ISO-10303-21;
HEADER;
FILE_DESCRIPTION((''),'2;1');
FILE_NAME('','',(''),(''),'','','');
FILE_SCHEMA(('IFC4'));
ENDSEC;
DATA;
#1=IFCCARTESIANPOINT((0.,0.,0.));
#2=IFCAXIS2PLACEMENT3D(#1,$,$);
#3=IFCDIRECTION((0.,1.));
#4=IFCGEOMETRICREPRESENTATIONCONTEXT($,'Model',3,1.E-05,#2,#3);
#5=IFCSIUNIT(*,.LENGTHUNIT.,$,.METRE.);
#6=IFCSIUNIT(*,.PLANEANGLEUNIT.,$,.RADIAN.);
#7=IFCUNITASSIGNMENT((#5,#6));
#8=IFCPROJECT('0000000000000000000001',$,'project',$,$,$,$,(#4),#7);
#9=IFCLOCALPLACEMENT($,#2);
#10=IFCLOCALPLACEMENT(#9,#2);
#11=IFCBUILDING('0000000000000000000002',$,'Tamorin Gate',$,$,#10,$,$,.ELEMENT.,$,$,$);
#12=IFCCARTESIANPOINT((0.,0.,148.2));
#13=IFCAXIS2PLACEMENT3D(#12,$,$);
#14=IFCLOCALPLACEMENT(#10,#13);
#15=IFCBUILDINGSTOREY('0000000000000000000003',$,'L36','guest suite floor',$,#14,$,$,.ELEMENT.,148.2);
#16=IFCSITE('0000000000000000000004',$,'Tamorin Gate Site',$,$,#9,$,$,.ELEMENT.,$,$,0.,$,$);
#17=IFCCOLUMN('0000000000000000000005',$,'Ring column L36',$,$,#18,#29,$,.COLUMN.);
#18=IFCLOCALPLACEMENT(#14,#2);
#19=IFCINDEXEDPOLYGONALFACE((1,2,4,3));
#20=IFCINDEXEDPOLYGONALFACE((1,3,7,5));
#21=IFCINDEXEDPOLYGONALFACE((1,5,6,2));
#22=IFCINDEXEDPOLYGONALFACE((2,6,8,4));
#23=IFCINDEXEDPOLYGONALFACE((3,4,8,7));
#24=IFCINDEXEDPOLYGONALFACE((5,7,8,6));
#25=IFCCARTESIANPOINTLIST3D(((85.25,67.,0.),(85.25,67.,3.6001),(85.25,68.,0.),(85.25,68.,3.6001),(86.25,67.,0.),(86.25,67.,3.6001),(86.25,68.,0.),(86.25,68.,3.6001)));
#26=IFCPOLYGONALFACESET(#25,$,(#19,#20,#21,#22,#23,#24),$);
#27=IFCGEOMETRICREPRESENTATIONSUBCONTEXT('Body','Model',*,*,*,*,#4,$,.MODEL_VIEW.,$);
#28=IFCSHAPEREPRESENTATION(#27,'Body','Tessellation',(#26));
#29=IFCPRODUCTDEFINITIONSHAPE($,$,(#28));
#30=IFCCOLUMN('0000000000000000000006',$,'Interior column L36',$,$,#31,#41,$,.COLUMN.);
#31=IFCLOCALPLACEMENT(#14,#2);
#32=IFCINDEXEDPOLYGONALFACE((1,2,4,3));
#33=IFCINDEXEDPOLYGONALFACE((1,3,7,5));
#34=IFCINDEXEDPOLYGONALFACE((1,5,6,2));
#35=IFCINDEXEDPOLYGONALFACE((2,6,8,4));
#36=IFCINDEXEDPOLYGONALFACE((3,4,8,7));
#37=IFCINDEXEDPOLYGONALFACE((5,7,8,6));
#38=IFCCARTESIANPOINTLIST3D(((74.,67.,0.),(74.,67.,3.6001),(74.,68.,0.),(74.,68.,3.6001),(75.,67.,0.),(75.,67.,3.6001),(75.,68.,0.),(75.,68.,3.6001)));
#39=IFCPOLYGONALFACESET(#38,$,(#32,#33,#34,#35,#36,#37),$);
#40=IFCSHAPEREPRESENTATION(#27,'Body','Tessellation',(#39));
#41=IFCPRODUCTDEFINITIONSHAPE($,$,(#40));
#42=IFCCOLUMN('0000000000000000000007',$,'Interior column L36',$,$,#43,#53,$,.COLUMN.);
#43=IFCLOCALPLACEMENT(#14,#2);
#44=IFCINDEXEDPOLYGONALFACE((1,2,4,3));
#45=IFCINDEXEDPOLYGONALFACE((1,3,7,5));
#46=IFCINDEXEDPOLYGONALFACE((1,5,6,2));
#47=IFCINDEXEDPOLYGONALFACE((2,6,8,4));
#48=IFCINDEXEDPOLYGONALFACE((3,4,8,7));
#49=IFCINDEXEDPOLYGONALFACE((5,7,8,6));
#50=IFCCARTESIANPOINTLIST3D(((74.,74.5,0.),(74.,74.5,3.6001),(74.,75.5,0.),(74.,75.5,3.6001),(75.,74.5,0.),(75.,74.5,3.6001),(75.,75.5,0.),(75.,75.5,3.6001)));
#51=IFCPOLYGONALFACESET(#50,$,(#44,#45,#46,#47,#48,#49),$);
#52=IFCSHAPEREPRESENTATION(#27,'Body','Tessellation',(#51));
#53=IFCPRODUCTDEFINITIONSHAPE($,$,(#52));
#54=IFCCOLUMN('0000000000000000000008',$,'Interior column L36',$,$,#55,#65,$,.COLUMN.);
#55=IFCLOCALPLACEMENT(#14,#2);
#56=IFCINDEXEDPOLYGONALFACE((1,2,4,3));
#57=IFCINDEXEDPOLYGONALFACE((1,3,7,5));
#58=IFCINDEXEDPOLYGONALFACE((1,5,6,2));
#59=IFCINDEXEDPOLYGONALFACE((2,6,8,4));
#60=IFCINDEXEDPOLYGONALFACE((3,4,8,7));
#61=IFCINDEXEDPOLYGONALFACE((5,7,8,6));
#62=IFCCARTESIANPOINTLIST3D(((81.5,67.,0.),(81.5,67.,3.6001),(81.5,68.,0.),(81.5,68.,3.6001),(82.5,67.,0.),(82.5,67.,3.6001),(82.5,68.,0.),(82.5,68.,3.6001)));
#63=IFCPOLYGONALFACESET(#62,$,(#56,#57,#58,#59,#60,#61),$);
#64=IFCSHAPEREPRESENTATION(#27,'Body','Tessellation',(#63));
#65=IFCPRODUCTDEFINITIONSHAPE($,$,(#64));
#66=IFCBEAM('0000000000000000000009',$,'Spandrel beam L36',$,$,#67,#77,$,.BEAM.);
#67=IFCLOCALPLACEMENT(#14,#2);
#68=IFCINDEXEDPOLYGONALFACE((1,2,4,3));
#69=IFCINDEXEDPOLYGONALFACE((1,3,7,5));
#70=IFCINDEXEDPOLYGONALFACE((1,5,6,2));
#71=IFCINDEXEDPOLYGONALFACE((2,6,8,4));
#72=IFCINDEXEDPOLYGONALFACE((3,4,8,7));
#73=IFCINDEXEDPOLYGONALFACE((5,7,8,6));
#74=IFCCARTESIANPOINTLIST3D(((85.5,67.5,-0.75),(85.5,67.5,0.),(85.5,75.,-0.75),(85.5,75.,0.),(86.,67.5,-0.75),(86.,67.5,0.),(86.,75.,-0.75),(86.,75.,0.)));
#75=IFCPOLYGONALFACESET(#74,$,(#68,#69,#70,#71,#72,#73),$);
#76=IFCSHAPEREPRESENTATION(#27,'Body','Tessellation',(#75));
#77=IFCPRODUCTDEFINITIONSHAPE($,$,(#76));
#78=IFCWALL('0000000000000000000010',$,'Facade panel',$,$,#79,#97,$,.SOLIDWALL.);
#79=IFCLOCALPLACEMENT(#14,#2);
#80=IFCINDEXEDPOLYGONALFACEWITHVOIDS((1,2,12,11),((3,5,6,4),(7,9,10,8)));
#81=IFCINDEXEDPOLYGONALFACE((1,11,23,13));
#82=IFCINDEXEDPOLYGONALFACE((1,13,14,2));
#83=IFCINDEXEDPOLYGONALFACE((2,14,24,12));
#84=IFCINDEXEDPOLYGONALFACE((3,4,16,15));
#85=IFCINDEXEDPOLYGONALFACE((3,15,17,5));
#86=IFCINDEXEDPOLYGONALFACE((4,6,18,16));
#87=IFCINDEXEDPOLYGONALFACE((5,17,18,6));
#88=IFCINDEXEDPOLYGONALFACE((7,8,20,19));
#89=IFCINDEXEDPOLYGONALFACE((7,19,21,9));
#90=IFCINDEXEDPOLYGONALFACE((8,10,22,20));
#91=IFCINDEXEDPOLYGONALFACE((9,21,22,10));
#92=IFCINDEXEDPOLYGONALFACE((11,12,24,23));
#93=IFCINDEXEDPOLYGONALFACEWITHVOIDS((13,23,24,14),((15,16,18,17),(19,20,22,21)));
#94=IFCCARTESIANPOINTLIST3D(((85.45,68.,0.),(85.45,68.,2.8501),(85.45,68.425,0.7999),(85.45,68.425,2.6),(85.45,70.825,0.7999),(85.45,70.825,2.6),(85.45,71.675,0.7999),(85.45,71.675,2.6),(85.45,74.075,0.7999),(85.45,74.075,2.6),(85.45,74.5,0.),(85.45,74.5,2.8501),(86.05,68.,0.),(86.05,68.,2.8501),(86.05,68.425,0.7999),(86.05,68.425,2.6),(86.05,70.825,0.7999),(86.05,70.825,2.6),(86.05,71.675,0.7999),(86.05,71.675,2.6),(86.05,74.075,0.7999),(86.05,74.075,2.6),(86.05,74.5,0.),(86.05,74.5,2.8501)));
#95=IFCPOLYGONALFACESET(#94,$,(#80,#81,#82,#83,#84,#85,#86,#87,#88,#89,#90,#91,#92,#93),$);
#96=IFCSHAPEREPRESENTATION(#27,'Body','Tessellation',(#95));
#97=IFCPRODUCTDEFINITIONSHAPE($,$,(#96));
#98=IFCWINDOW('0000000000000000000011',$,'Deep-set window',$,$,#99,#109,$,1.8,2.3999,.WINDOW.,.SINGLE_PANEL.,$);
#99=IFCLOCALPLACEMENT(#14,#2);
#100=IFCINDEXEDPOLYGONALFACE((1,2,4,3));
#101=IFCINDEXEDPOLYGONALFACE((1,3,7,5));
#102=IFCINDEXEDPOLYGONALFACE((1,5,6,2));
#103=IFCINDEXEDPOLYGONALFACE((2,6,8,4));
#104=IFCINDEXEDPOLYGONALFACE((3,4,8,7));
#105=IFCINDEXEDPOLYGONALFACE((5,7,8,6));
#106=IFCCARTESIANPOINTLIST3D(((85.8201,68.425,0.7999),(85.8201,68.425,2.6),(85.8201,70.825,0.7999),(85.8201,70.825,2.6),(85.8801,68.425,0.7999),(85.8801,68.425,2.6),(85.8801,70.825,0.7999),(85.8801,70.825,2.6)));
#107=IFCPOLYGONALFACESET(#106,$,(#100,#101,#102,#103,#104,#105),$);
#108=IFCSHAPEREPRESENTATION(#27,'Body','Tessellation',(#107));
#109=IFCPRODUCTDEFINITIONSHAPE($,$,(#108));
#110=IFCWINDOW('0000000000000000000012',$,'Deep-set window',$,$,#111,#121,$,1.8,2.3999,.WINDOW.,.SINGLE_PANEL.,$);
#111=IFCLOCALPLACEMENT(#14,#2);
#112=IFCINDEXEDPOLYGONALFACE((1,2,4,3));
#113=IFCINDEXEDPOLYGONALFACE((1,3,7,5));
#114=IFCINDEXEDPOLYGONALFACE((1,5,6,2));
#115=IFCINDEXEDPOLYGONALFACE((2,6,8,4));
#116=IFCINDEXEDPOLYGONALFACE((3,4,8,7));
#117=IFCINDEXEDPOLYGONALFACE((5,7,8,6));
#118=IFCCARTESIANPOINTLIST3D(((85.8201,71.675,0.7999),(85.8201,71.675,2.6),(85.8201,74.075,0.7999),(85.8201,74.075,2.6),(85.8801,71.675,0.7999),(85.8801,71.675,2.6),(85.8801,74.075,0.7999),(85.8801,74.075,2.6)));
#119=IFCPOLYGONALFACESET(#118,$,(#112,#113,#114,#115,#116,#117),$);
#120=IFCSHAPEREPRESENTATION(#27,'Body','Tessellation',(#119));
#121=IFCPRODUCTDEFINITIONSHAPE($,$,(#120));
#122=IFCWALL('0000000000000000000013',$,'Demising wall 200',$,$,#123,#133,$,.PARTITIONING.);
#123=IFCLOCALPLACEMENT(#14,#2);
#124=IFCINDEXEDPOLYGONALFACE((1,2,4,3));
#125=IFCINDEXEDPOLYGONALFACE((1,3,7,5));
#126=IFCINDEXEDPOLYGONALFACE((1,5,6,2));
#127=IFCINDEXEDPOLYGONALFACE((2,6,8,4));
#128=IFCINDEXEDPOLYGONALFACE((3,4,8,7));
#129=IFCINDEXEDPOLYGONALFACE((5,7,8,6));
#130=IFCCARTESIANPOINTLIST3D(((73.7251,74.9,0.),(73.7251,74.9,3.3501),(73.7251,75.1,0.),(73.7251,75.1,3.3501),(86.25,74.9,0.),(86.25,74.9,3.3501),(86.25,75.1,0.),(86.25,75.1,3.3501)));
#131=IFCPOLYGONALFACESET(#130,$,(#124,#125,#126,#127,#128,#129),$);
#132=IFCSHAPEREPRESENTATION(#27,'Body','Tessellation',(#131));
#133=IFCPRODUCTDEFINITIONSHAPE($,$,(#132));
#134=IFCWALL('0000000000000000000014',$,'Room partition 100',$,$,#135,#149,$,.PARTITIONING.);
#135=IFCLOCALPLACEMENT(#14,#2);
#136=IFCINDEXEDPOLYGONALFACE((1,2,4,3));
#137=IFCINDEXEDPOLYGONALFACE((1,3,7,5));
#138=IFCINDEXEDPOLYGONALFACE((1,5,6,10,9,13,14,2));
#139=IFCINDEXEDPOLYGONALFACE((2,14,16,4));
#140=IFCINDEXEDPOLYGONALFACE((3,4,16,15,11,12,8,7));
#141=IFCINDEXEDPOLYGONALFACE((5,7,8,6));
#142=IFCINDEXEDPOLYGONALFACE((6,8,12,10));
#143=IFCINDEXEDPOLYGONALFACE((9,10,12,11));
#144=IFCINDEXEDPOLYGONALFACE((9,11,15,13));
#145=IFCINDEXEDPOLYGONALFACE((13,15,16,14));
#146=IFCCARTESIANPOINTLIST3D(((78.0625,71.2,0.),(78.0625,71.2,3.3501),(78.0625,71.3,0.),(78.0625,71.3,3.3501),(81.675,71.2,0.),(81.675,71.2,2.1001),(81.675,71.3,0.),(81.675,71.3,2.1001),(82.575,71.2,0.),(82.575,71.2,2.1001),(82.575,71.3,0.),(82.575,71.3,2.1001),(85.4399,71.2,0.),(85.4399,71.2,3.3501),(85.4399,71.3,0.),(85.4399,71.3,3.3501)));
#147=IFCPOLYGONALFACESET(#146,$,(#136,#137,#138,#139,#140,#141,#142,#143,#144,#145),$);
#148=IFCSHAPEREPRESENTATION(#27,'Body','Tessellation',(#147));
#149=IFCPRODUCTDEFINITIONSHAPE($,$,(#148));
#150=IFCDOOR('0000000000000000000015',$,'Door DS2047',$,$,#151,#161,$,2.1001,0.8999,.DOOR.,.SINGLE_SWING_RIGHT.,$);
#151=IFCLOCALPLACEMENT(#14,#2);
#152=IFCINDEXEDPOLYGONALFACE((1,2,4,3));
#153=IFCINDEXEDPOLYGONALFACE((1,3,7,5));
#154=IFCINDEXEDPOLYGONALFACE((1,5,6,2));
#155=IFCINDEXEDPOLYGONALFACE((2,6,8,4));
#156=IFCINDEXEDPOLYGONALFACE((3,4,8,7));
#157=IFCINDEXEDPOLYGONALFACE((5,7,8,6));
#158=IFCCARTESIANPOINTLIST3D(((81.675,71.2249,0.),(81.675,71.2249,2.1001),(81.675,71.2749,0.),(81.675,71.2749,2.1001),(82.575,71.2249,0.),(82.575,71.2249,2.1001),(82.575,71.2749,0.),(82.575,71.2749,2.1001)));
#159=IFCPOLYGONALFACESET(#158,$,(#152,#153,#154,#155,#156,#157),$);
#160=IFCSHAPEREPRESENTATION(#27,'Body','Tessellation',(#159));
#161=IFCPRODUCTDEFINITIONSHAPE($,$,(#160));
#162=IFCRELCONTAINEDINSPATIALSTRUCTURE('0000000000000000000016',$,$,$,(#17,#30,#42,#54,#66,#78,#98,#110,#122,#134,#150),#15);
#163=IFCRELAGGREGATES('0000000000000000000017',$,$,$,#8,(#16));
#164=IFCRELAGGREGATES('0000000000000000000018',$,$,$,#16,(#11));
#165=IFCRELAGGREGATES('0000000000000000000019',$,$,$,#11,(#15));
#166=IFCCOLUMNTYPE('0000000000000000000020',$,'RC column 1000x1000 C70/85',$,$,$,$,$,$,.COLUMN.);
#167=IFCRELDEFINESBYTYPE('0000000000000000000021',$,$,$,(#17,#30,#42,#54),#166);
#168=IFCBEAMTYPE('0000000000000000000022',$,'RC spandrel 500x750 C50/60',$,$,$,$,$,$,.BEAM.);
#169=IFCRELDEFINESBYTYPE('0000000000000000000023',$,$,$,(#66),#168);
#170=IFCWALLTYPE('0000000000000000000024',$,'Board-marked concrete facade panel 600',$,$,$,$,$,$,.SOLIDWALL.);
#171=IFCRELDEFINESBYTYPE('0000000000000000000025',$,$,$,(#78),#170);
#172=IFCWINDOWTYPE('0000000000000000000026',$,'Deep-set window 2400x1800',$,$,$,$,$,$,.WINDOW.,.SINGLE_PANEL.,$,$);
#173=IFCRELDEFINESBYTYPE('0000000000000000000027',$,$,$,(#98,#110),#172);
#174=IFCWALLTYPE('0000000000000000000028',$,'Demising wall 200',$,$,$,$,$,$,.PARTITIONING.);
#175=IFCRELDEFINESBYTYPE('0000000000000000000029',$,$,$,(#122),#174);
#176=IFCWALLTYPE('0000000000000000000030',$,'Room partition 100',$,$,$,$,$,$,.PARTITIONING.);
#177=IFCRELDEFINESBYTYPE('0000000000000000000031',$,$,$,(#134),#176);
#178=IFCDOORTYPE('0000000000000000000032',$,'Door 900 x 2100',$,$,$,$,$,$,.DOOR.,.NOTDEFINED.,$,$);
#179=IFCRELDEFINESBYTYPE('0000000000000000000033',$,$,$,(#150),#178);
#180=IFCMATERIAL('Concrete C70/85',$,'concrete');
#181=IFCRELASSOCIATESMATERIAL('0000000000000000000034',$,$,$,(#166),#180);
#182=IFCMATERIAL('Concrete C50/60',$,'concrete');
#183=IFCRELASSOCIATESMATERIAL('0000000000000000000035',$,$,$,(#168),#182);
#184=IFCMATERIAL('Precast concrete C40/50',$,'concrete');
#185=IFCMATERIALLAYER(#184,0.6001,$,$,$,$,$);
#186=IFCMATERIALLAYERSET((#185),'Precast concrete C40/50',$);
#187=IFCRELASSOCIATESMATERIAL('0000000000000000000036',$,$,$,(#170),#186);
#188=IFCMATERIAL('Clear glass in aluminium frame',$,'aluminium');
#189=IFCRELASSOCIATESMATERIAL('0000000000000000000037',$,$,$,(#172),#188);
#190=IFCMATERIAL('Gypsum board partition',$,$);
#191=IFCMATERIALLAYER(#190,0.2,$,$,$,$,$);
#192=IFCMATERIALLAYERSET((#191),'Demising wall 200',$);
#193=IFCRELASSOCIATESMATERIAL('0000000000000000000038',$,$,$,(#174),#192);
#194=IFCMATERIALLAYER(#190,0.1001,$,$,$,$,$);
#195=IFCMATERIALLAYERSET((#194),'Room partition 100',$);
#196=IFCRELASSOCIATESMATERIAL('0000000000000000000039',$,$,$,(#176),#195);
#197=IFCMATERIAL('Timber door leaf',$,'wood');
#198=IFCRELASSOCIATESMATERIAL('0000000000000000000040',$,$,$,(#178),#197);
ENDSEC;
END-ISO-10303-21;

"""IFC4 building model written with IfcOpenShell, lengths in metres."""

from ifc_helpers import new_model, si_unit, direction, frame, frame_2d, origin, origin_2d, place, context, subcontext, project, spatial, rectangle, extrude, material, layer, layer_set, material_profile, profile_set, type_object, element, fill, save


model = new_model("IFC4")

# Units and contexts
model_context = context("Model", 3, precision=1e-05, world=origin(), true_north=direction((0.0, 1.0)))
body_context = subcontext(model_context, "Body", "Model", "MODEL_VIEW")
ifc_project = project(units=[si_unit("LENGTHUNIT", "METRE"), si_unit("PLANEANGLEUNIT", "RADIAN")], contexts=[model_context])

# Site, building, storey
site_placement = place(None, origin())
site = spatial("IfcSite", under=ifc_project, at=site_placement, Name="Tamorin Gate Site", CompositionType="ELEMENT", RefElevation=0.0)
building_placement = place(site_placement, origin())
building = spatial("IfcBuilding", under=site, at=building_placement, Name="Tamorin Gate", CompositionType="ELEMENT")
storey_placement = place(building_placement, frame((0.0, 0.0, 148.2)))
storey = spatial("IfcBuildingStorey", under=building, at=storey_placement, Name="L36", Description="guest suite floor", CompositionType="ELEMENT", Elevation=148.2)

# Columns
ifc_material_1 = material(Name="Concrete C70/85", Category="concrete")
ifc_material_profile_1 = material_profile(ifc_material_1, rectangle(XDim=1.0, YDim=1.0, at=origin_2d()), Name="RC 1000x1000")
ifc_profile_set_1 = profile_set([ifc_material_profile_1], Name="Concrete C70/85")
column_type = type_object("IfcColumnType", Name="RC column 1000x1000 C70/85", PredefinedType="COLUMN", material=ifc_profile_set_1)
for number, where, z_axis, x_axis, name in (
    (1, (85.75, 67.5, 0.0), (0.0, 0.0, 1.0), (1.0, 0.0, 0.0), "Ring column L36"),
    (2, (74.5, 67.5, 0.0), (0.0, 0.0, 1.0), (1.0, 0.0, 0.0), "Interior column L36"),
    (3, (74.5, 75.0, 0.0), (0.0, 0.0, 1.0), (1.0, 0.0, 0.0), "Interior column L36"),
    (4, (82.0, 67.5, 0.0), (0.0, 0.0, 1.0), (1.0, 0.0, 0.0), "Interior column L36"),
):
    element("IfcColumn", number, at=place(storey_placement, frame(where, z_axis=z_axis, x_axis=x_axis)), inside=storey, type_object=column_type, Name=name, PredefinedType="COLUMN", context=body_context, shape_type="SweptSolid", body=[
        extrude(rectangle(XDim=1.0, YDim=1.0, at=origin_2d()), origin(), (0.0, 0.0, 1.0), 3.6001),
    ])

# Beam
ifc_material_2 = material(Name="Concrete C50/60", Category="concrete")
ifc_material_profile_2 = material_profile(ifc_material_2, rectangle(XDim=0.5, YDim=0.75, at=origin_2d()), Name="RC 500x750")
ifc_profile_set_2 = profile_set([ifc_material_profile_2], Name="Concrete C50/60")
beam_type = type_object("IfcBeamType", Name="RC spandrel 500x750 C50/60", PredefinedType="BEAM", material=ifc_profile_set_2)
beam_placement = place(storey_placement, frame((85.75, 67.5, -0.375), z_axis=(0.0, 1.0, 0.0), x_axis=(-1.0, 0.0, 0.0)))
element("IfcBeam", 5, at=beam_placement, inside=storey, type_object=beam_type, Name="Spandrel beam L36", PredefinedType="BEAM", context=body_context, shape_type="SweptSolid", body=[
    extrude(rectangle(XDim=0.5, YDim=0.75, at=origin_2d()), origin(), (0.0, 0.0, 1.0), 7.5),
])

# Wall, openings, windows
ifc_material_3 = material(Name="Precast concrete C40/50", Category="concrete")
ifc_layer_1 = layer(ifc_material_3, 0.6001)
ifc_layer_set_1 = layer_set([ifc_layer_1], Name="Precast concrete C40/50")
wall_type_1 = type_object("IfcWallType", Name="Board-marked concrete facade panel 600", PredefinedType="SOLIDWALL", material=ifc_layer_set_1)
wall_1_placement = place(storey_placement, frame((85.75, 68.0, 0.0), z_axis=(0.0, 0.0, 1.0), x_axis=(0.0, 1.0, 0.0)))
wall_1 = element("IfcWall", 6, at=wall_1_placement, inside=storey, type_object=wall_type_1, Name="Facade panel", PredefinedType="SOLIDWALL", context=body_context, shape_type="SweptSolid", body=[
    extrude(rectangle(XDim=6.5, YDim=0.6001, at=frame_2d((3.25, 0.0))), origin(), (0.0, 0.0, 1.0), 2.8501),
])
opening_1_placement = place(wall_1_placement, frame((0.425, 0.0, 0.8)))
opening_1 = element("IfcOpeningElement", 7, at=opening_1_placement, cuts=wall_1, PredefinedType="OPENING", context=body_context, shape_type="SweptSolid", body=[
    extrude(rectangle(XDim=2.3999, YDim=1.8, at=frame_2d((1.2, 0.8999))), frame((0.0, 0.3101, 0.0), z_axis=(0.0, -1.0, 0.0), x_axis=(1.0, 0.0, 0.0)), (0.0, 0.0, 1.0), 0.6201),
])
opening_2_placement = place(wall_1_placement, frame((3.675, 0.0, 0.8)))
opening_2 = element("IfcOpeningElement", 8, at=opening_2_placement, cuts=wall_1, PredefinedType="OPENING", context=body_context, shape_type="SweptSolid", body=[
    extrude(rectangle(XDim=2.3999, YDim=1.8, at=frame_2d((1.2, 0.8999))), frame((0.0, 0.3101, 0.0), z_axis=(0.0, -1.0, 0.0), x_axis=(1.0, 0.0, 0.0)), (0.0, 0.0, 1.0), 0.6201),
])
ifc_material_4 = material(Name="Clear glass in aluminium frame", Category="aluminium")
window_type = type_object("IfcWindowType", Name="Deep-set window 2400x1800", PartitioningType="SINGLE_PANEL", PredefinedType="WINDOW", material=ifc_material_4)
window_1_placement = place(opening_1_placement, origin())
window_1 = element("IfcWindow", 9, at=window_1_placement, inside=storey, type_object=window_type, Name="Deep-set window", OverallHeight=1.8, OverallWidth=2.3999, PartitioningType="SINGLE_PANEL", PredefinedType="WINDOW", context=body_context, shape_type="SweptSolid", body=[
    extrude(rectangle(XDim=2.3999, YDim=1.8, at=frame_2d((1.2, 0.8999))), frame((0.0, -0.0701, 0.0), z_axis=(0.0, -1.0, 0.0), x_axis=(1.0, 0.0, 0.0)), (0.0, 0.0, 1.0), 0.0601),
])
fill(opening_1, window_1)
window_2_placement = place(opening_2_placement, origin())
window_2 = element("IfcWindow", 10, at=window_2_placement, inside=storey, type_object=window_type, Name="Deep-set window", OverallHeight=1.8, OverallWidth=2.3999, PartitioningType="SINGLE_PANEL", PredefinedType="WINDOW", context=body_context, shape_type="SweptSolid", body=[
    extrude(rectangle(XDim=2.3999, YDim=1.8, at=frame_2d((1.2, 0.8999))), frame((0.0, -0.0701, 0.0), z_axis=(0.0, -1.0, 0.0), x_axis=(1.0, 0.0, 0.0)), (0.0, 0.0, 1.0), 0.0601),
])
fill(opening_2, window_2)

# Wall
ifc_material_5 = material(Name="Gypsum board partition")
ifc_layer_2 = layer(ifc_material_5, 0.2)
ifc_layer_set_2 = layer_set([ifc_layer_2], Name="Demising wall 200")
wall_type_2 = type_object("IfcWallType", Name="Demising wall 200", PredefinedType="PARTITIONING", material=ifc_layer_set_2)
wall_2_placement = place(storey_placement, frame((73.7251, 75.0, 0.0), z_axis=(0.0, 0.0, 1.0), x_axis=(1.0, 0.0, 0.0)))
element("IfcWall", 11, at=wall_2_placement, inside=storey, type_object=wall_type_2, Name="Demising wall 200", PredefinedType="PARTITIONING", context=body_context, shape_type="SweptSolid", body=[
    extrude(rectangle(XDim=12.5249, YDim=0.2, at=frame_2d((6.2625, 0.0))), origin(), (0.0, 0.0, 1.0), 3.3501),
])

# Wall, opening, door
ifc_layer_3 = layer(ifc_material_5, 0.1001)
ifc_layer_set_3 = layer_set([ifc_layer_3], Name="Room partition 100")
wall_type_3 = type_object("IfcWallType", Name="Room partition 100", PredefinedType="PARTITIONING", material=ifc_layer_set_3)
wall_3_placement = place(storey_placement, frame((78.0625, 71.25, 0.0), z_axis=(0.0, 0.0, 1.0), x_axis=(1.0, 0.0, 0.0)))
wall_3 = element("IfcWall", 12, at=wall_3_placement, inside=storey, type_object=wall_type_3, Name="Room partition 100", PredefinedType="PARTITIONING", context=body_context, shape_type="SweptSolid", body=[
    extrude(rectangle(XDim=7.3774, YDim=0.1001, at=frame_2d((3.6887, 0.0))), origin(), (0.0, 0.0, 1.0), 3.3501),
])
opening_3_placement = place(wall_3_placement, frame((3.6125, 0.0, 0.0)))
opening_3 = element("IfcOpeningElement", 13, at=opening_3_placement, cuts=wall_3, PredefinedType="OPENING", context=body_context, shape_type="SweptSolid", body=[
    extrude(rectangle(XDim=0.8999, YDim=2.1001, at=frame_2d((0.45, 1.05))), frame((0.0, 0.0601, 0.0), z_axis=(0.0, -1.0, 0.0), x_axis=(1.0, 0.0, 0.0)), (0.0, 0.0, 1.0), 0.1201),
])
ifc_material_6 = material(Name="Timber door leaf", Category="wood")
door_type = type_object("IfcDoorType", Name="Door 900 x 2100", OperationType="NOTDEFINED", PredefinedType="DOOR", material=ifc_material_6)
door_1_placement = place(opening_3_placement, origin())
door_1 = element("IfcDoor", 14, at=door_1_placement, inside=storey, type_object=door_type, Name="Door DS2047", OperationType="SINGLE_SWING_RIGHT", OverallHeight=2.1001, OverallWidth=0.8999, PredefinedType="DOOR", context=body_context, shape_type="SweptSolid", body=[
    extrude(rectangle(XDim=0.8999, YDim=2.1001, at=frame_2d((0.45, 1.05))), frame((0.0, 0.0249, 0.0), z_axis=(0.0, -1.0, 0.0), x_axis=(1.0, 0.0, 0.0)), (0.0, 0.0, 1.0), 0.05),
])
fill(opening_3, door_1)

save(model, "model.ifc")
